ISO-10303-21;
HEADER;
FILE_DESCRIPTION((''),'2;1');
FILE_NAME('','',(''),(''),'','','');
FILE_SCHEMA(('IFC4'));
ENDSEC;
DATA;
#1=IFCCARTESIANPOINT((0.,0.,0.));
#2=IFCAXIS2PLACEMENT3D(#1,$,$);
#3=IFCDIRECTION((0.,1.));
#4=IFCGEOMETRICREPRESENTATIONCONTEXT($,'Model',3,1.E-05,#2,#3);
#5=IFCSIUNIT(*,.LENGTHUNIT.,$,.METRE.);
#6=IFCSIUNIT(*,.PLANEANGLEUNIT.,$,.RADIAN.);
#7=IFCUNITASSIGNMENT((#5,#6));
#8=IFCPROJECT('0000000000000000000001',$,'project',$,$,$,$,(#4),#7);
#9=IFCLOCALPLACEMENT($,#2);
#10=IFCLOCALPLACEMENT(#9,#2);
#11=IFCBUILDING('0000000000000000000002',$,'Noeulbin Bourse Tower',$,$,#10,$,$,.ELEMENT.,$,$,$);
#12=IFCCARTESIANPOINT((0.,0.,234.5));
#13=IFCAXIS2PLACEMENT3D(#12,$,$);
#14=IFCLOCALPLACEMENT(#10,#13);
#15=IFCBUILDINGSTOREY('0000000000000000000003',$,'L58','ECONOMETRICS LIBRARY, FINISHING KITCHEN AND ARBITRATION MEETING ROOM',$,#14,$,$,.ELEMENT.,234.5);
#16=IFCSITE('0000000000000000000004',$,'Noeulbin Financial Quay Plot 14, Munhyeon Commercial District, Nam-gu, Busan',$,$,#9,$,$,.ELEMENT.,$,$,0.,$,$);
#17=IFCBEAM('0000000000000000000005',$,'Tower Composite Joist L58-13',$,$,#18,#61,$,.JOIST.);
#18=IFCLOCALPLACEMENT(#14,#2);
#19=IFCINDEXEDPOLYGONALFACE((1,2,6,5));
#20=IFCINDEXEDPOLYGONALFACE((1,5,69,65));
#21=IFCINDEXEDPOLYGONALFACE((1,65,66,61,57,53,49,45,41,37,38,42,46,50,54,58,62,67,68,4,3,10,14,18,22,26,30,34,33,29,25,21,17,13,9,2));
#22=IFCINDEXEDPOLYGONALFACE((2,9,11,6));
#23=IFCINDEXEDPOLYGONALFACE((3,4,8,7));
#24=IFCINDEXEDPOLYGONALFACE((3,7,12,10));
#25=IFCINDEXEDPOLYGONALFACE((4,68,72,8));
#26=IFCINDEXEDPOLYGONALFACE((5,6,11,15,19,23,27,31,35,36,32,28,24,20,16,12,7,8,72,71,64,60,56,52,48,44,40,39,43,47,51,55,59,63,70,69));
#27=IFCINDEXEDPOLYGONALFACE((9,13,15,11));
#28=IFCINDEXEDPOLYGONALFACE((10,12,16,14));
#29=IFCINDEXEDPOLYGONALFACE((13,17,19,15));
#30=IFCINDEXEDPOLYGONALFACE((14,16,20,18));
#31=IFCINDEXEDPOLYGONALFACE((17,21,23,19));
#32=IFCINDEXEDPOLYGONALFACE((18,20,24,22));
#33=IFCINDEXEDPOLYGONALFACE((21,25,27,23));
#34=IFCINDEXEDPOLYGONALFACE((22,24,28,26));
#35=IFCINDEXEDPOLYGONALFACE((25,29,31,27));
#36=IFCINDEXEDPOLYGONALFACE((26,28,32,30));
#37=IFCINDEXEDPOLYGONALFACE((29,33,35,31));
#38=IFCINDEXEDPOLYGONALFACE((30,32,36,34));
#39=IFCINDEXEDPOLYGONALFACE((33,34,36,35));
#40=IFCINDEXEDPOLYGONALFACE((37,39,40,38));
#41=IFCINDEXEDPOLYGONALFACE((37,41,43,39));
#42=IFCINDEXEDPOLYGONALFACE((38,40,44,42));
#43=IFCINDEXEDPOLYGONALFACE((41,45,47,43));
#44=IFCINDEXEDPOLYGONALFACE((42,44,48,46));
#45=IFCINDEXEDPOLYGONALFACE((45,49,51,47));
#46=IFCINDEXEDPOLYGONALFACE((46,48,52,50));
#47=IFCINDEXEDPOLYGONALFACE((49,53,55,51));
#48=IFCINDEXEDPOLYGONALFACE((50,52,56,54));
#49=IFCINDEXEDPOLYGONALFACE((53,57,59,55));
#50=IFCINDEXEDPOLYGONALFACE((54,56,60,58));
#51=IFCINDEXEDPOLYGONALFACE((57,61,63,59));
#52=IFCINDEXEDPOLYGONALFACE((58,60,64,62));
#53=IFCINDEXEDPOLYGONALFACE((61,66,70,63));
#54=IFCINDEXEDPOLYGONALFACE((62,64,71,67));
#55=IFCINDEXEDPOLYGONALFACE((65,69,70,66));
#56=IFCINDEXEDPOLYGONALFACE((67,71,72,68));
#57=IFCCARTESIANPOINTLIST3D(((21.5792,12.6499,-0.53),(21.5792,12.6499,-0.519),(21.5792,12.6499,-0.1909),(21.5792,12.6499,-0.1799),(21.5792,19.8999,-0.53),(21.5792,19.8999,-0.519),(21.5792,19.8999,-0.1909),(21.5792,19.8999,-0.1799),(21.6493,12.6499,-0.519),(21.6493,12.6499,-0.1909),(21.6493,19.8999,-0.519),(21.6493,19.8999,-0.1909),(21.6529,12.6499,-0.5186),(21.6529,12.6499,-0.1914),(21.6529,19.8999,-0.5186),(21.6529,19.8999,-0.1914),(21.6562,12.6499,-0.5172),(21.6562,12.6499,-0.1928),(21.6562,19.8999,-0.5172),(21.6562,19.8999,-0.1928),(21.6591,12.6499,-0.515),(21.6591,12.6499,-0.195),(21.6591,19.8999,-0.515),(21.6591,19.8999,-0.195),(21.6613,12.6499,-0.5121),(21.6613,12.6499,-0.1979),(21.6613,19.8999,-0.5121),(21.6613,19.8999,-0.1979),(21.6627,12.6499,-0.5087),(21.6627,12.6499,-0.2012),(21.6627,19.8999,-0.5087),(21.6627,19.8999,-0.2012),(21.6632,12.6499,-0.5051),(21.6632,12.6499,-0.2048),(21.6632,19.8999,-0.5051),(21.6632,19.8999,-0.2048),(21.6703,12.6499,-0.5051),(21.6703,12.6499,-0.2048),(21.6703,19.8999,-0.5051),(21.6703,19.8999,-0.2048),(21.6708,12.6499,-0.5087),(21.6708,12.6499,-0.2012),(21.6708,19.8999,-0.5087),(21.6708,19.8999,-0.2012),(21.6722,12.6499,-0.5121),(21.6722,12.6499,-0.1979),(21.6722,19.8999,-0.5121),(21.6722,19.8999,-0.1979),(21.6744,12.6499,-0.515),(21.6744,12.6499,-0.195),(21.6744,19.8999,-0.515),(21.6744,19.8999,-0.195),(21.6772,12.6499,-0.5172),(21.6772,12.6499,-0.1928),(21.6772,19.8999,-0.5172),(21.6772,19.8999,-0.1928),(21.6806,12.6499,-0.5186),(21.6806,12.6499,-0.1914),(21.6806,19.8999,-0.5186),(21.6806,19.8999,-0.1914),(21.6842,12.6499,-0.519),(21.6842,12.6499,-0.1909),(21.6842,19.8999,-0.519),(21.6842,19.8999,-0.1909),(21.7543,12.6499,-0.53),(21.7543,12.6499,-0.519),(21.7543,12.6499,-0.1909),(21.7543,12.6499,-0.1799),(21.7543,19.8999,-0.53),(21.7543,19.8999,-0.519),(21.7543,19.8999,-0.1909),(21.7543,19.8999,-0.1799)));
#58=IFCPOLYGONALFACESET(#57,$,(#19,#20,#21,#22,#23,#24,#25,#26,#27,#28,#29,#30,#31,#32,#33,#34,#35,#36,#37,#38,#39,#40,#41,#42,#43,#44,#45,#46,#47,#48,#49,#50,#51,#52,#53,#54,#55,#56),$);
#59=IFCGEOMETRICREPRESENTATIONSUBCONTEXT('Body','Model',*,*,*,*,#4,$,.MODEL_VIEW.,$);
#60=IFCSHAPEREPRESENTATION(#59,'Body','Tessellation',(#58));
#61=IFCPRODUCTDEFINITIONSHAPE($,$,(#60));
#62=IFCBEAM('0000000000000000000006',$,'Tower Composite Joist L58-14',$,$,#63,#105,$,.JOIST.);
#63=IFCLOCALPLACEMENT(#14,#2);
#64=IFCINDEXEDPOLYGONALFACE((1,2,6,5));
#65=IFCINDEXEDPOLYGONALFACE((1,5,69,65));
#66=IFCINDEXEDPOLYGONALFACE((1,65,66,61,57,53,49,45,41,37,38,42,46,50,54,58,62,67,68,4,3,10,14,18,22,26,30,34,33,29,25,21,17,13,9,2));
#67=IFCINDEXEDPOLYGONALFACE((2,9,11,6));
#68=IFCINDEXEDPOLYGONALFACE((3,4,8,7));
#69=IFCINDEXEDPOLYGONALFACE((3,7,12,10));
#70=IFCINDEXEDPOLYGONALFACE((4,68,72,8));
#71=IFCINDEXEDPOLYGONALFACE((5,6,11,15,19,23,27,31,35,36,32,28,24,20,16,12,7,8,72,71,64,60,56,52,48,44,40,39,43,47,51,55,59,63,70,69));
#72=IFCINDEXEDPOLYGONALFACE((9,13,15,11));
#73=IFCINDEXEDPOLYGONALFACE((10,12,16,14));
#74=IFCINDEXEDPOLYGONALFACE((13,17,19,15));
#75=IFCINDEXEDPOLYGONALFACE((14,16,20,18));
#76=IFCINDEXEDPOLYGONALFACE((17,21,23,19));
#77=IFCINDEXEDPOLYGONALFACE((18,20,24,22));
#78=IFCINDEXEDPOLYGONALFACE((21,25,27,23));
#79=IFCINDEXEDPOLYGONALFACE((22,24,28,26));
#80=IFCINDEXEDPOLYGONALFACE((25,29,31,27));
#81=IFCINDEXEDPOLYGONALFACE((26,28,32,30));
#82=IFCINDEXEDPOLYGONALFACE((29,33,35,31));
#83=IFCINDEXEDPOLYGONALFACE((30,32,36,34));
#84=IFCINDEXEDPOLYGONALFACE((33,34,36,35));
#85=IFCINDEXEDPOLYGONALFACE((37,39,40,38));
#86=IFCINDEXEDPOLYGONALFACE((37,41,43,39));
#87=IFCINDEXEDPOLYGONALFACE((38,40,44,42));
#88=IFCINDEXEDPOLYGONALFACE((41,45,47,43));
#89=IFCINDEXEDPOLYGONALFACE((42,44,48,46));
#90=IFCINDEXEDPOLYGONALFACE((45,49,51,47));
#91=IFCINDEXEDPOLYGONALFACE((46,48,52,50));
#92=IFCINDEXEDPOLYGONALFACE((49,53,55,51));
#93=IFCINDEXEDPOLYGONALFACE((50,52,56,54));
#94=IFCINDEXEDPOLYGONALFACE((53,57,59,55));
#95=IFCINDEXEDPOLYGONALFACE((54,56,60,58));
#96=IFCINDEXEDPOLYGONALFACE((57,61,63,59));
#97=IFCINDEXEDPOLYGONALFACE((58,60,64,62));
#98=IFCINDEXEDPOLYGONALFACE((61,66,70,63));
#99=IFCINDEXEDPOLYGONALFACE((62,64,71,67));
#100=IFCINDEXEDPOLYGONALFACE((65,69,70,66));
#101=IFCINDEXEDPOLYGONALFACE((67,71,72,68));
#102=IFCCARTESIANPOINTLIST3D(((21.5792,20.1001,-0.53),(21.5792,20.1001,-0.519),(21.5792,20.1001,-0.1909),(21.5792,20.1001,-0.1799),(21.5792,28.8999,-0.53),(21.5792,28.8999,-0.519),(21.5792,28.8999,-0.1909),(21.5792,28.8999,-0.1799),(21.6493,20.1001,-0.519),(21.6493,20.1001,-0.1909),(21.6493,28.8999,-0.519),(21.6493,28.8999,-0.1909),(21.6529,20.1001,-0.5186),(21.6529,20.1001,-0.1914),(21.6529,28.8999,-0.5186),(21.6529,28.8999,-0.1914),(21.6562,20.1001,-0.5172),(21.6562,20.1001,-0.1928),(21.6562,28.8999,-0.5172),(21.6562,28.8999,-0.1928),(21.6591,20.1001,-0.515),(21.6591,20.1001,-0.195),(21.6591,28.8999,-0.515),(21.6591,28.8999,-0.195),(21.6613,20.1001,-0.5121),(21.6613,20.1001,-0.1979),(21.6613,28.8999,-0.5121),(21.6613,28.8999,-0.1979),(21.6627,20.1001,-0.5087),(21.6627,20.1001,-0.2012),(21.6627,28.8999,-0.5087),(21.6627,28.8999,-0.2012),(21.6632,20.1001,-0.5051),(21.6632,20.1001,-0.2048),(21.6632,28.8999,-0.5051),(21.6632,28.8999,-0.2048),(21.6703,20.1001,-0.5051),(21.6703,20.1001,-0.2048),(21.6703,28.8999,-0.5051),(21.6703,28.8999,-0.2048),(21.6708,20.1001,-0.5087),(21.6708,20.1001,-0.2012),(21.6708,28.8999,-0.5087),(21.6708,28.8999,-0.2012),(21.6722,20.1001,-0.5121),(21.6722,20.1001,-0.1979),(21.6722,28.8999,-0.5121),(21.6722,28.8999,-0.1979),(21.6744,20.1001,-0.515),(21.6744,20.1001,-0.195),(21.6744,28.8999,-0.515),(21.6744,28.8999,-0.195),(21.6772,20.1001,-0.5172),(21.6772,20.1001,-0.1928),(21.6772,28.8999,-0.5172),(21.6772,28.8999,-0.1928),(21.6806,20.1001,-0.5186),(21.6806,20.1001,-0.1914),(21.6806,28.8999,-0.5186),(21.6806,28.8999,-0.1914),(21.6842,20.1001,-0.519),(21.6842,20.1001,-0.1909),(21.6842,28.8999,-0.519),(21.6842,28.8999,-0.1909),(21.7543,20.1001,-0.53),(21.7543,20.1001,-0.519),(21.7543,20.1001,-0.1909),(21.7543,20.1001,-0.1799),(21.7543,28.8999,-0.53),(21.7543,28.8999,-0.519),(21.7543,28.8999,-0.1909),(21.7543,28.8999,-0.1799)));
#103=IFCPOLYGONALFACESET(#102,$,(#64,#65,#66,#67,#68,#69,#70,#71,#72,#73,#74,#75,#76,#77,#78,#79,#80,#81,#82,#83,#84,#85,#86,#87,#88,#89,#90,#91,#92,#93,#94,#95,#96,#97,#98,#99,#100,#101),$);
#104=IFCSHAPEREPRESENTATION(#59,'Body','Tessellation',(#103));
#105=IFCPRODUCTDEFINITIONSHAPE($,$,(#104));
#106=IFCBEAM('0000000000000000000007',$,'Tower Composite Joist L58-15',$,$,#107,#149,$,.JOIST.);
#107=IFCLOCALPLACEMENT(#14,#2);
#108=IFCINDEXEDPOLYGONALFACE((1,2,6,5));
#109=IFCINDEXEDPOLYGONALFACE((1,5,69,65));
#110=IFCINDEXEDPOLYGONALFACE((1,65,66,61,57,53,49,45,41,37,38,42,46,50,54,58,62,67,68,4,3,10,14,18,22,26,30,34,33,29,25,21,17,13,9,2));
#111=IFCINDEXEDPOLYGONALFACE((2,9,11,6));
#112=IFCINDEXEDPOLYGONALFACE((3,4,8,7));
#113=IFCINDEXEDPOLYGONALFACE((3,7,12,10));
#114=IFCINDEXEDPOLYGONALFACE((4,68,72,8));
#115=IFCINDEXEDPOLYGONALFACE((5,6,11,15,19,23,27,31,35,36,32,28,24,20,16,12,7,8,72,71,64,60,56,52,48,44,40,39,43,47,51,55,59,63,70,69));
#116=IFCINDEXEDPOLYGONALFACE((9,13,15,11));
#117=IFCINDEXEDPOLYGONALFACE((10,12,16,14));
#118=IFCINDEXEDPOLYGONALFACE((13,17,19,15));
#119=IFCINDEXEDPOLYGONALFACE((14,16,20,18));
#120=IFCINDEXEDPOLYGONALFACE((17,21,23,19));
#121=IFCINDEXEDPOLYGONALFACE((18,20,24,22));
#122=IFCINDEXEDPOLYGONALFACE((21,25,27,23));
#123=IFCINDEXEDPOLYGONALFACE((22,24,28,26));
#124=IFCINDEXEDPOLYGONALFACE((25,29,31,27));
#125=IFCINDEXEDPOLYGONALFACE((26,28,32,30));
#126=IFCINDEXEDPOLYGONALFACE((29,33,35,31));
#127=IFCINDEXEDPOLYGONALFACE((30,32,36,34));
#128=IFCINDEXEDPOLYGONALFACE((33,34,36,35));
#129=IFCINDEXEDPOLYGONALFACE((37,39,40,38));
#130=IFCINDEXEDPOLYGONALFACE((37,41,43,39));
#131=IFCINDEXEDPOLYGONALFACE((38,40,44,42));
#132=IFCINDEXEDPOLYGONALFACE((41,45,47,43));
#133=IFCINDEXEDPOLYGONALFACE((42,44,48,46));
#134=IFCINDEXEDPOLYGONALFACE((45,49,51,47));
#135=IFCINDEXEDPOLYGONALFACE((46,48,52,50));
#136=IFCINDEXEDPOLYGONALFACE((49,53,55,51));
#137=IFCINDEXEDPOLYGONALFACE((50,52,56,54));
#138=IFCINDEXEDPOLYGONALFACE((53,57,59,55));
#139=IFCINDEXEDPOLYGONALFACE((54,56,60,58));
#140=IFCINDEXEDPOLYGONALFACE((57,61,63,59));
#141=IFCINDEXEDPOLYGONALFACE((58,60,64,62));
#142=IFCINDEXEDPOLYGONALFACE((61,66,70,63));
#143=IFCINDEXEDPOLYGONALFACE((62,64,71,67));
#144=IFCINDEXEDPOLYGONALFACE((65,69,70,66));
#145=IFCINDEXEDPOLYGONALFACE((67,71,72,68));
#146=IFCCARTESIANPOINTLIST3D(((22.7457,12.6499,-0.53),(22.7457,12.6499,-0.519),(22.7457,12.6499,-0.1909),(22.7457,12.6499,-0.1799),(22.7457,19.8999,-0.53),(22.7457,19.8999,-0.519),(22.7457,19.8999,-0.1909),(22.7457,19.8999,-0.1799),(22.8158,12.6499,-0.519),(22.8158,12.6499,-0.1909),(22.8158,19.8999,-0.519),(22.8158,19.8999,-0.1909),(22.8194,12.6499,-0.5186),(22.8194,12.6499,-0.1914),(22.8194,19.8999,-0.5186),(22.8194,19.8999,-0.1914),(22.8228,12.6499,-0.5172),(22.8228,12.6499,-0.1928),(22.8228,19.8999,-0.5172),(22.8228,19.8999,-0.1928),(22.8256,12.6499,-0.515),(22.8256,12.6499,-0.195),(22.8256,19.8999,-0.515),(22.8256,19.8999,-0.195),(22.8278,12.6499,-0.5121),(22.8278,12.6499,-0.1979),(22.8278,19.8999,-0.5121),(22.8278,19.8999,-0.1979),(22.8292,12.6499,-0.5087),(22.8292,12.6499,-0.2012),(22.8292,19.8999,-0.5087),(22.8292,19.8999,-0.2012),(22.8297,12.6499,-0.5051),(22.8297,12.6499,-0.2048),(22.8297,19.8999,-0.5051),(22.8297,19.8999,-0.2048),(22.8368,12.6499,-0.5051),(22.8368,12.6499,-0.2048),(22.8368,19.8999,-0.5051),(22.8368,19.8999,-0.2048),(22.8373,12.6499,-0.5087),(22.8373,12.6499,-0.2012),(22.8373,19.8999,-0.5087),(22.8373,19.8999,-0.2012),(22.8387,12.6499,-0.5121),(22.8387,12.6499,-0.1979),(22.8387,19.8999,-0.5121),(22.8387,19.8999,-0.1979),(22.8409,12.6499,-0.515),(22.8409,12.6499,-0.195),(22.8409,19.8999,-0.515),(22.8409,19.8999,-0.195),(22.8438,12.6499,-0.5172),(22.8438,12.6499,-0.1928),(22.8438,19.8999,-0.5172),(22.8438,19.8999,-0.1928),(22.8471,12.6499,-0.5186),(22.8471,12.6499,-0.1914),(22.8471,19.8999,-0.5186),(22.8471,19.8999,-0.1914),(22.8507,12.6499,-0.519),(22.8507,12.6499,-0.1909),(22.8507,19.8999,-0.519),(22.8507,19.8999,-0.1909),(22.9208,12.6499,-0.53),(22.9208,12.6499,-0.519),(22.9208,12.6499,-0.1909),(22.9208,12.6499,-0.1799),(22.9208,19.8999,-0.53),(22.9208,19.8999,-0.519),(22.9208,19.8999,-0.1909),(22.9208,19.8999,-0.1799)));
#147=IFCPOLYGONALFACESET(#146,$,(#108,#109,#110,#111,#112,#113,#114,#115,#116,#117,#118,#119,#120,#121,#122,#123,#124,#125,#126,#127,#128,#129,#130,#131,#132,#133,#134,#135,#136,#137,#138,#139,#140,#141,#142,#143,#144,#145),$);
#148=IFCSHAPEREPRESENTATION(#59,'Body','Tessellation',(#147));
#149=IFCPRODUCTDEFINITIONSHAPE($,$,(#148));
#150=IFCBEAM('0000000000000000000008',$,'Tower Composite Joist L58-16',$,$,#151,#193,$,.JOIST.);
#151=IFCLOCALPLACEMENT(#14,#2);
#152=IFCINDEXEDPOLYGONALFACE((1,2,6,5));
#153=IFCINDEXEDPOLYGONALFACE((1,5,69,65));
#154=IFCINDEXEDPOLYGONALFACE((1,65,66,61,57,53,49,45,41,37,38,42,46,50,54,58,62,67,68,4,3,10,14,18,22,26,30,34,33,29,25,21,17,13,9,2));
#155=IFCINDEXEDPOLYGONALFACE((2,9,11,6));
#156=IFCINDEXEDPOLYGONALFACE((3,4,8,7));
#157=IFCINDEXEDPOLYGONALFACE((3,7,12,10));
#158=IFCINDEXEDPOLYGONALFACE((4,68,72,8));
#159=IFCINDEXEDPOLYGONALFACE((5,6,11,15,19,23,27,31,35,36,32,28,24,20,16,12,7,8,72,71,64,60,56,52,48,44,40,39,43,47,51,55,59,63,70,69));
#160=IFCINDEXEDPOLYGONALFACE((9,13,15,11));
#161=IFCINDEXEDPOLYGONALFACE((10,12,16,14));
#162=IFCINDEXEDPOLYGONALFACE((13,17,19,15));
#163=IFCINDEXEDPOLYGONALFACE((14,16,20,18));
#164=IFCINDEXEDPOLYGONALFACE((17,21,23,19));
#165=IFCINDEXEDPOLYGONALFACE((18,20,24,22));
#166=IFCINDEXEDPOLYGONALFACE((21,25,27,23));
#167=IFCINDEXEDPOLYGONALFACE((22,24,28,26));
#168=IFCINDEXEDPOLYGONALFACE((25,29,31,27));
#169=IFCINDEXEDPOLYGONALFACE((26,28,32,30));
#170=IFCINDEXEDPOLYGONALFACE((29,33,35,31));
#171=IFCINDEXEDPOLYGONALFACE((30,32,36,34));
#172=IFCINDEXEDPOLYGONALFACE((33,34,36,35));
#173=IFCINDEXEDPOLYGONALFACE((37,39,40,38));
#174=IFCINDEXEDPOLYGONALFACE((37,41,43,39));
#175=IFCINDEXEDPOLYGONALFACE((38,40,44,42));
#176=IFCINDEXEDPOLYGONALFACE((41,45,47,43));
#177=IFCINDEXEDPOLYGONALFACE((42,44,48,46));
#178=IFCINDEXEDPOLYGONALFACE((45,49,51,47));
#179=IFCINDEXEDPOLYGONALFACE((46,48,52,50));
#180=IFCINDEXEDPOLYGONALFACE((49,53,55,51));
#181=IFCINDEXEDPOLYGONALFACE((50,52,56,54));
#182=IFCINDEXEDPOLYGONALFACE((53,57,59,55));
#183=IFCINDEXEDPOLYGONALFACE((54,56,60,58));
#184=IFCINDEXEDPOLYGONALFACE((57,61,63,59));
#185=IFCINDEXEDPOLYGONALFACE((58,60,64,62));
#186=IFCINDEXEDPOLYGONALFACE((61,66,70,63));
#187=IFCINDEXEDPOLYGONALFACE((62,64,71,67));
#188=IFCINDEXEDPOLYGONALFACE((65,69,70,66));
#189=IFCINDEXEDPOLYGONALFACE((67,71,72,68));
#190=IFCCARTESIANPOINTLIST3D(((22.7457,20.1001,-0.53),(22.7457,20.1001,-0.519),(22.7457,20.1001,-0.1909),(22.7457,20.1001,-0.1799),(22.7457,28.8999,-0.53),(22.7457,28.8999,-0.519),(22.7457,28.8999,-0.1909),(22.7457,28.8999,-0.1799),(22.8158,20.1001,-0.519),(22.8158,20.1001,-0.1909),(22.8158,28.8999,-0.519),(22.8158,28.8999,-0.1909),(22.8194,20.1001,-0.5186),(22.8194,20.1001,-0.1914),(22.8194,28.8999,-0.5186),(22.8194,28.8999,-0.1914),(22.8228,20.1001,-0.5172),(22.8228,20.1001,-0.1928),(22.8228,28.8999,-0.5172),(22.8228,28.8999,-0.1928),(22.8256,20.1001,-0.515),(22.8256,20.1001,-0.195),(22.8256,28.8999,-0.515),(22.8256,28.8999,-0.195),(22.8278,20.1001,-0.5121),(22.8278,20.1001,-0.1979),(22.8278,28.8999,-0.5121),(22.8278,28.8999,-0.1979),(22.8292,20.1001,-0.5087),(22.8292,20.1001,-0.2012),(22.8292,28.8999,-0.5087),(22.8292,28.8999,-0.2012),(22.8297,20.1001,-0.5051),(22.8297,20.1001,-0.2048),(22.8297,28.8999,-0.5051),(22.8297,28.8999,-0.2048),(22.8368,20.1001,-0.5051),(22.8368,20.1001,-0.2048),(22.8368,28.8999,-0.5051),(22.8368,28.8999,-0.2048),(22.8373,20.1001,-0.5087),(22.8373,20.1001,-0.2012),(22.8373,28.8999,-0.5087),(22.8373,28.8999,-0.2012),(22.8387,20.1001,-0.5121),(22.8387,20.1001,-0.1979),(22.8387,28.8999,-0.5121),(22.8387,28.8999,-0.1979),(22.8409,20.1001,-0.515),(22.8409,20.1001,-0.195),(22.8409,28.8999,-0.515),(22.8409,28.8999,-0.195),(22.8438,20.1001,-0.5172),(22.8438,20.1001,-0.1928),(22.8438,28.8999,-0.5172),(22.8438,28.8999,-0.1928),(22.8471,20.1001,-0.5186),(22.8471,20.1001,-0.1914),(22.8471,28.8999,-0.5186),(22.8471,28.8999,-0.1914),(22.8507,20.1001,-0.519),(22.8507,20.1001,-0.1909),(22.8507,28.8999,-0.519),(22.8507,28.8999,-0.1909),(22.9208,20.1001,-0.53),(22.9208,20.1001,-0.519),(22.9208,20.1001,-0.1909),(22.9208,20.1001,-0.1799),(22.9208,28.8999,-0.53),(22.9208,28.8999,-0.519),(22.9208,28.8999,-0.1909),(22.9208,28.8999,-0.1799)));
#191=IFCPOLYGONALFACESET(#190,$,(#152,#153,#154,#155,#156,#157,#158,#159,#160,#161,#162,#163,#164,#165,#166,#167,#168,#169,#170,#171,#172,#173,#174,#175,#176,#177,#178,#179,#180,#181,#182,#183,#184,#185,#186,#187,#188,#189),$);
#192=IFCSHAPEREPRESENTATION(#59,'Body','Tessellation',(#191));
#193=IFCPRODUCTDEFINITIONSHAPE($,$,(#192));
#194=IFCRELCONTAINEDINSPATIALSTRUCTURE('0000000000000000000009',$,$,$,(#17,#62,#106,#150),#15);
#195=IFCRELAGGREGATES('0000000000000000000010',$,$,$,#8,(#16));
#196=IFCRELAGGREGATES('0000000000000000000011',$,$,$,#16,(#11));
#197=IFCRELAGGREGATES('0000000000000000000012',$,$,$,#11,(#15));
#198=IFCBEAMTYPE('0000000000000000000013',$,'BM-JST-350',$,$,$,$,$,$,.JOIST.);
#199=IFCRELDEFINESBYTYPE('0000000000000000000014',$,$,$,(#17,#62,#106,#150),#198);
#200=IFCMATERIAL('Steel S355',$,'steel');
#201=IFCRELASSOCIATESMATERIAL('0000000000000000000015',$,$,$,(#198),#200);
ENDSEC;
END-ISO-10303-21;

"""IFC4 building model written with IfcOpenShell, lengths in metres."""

from ifc_helpers import new_model, si_unit, direction, frame, origin, origin_2d, place, context, subcontext, project, spatial, i_section, extrude, material, material_profile, profile_set, type_object, element, save


model = new_model("IFC4")

# Units and contexts
model_context = context("Model", 3, precision=1e-05, world=origin(), true_north=direction((0.0, 1.0)))
body_context = subcontext(model_context, "Body", "Model", "MODEL_VIEW")
ifc_project = project(units=[si_unit("LENGTHUNIT", "METRE"), si_unit("PLANEANGLEUNIT", "RADIAN")], contexts=[model_context])

# Site, building, storey
site_placement = place(None, origin())
site = spatial("IfcSite", under=ifc_project, at=site_placement, Name="Noeulbin Financial Quay Plot 14, Munhyeon Commercial District, Nam-gu, Busan", CompositionType="ELEMENT", RefElevation=0.0)
building_placement = place(site_placement, origin())
building = spatial("IfcBuilding", under=site, at=building_placement, Name="Noeulbin Bourse Tower", CompositionType="ELEMENT")
storey_placement = place(building_placement, frame((0.0, 0.0, 234.5)))
storey = spatial("IfcBuildingStorey", under=building, at=storey_placement, Name="L58", Description="ECONOMETRICS LIBRARY, FINISHING KITCHEN AND ARBITRATION MEETING ROOM", CompositionType="ELEMENT", Elevation=234.5)

# Shared definitions
ifc_material_1 = material(Name="Steel S355", Category="steel")

# Beams
ifc_material_profile_1 = material_profile(ifc_material_1, i_section(OverallWidth=0.175, OverallDepth=0.3501, WebThickness=0.0071, FlangeThickness=0.011, FilletRadius=0.0139, at=origin_2d()), Name="H-350x175x7x11", Category="LoadBearing")
ifc_profile_set_1 = profile_set([ifc_material_profile_1], Name="Steel S355")
beam_type_1 = type_object("IfcBeamType", Name="BM-JST-350", PredefinedType="JOIST", material=ifc_profile_set_1)
beam_1_placement = place(storey_placement, frame((21.6667, 12.6499, -0.355), z_axis=(0.0, 1.0, 0.0), x_axis=(-1.0, 0.0, 0.0)))
element("IfcBeam", 1, at=beam_1_placement, inside=storey, type_object=beam_type_1, Name="Tower Composite Joist L58-13", PredefinedType="JOIST", context=body_context, shape_type="SweptSolid", body=[
    extrude(i_section(OverallWidth=0.175, OverallDepth=0.3501, WebThickness=0.0071, FlangeThickness=0.011, FilletRadius=0.0139, at=origin_2d()), origin(), (0.0, 0.0, 1.0), 7.25),
])
beam_2_placement = place(storey_placement, frame((21.6667, 20.1001, -0.355), z_axis=(0.0, 1.0, 0.0), x_axis=(-1.0, 0.0, 0.0)))
element("IfcBeam", 2, at=beam_2_placement, inside=storey, type_object=beam_type_1, Name="Tower Composite Joist L58-14", PredefinedType="JOIST", context=body_context, shape_type="SweptSolid", body=[
    extrude(i_section(OverallWidth=0.175, OverallDepth=0.3501, WebThickness=0.0071, FlangeThickness=0.011, FilletRadius=0.0139, at=origin_2d()), origin(), (0.0, 0.0, 1.0), 8.7998),
])
beam_3_placement = place(storey_placement, frame((22.8333, 12.6499, -0.355), z_axis=(0.0, 1.0, 0.0), x_axis=(-1.0, 0.0, 0.0)))
element("IfcBeam", 3, at=beam_3_placement, inside=storey, type_object=beam_type_1, Name="Tower Composite Joist L58-15", PredefinedType="JOIST", context=body_context, shape_type="SweptSolid", body=[
    extrude(i_section(OverallWidth=0.175, OverallDepth=0.3501, WebThickness=0.0071, FlangeThickness=0.011, FilletRadius=0.0139, at=origin_2d()), origin(), (0.0, 0.0, 1.0), 7.25),
])
beam_4_placement = place(storey_placement, frame((22.8333, 20.1001, -0.355), z_axis=(0.0, 1.0, 0.0), x_axis=(-1.0, 0.0, 0.0)))
element("IfcBeam", 4, at=beam_4_placement, inside=storey, type_object=beam_type_1, Name="Tower Composite Joist L58-16", PredefinedType="JOIST", context=body_context, shape_type="SweptSolid", body=[
    extrude(i_section(OverallWidth=0.175, OverallDepth=0.3501, WebThickness=0.0071, FlangeThickness=0.011, FilletRadius=0.0139, at=origin_2d()), origin(), (0.0, 0.0, 1.0), 8.7998),
])

save(model, "model.ifc")
